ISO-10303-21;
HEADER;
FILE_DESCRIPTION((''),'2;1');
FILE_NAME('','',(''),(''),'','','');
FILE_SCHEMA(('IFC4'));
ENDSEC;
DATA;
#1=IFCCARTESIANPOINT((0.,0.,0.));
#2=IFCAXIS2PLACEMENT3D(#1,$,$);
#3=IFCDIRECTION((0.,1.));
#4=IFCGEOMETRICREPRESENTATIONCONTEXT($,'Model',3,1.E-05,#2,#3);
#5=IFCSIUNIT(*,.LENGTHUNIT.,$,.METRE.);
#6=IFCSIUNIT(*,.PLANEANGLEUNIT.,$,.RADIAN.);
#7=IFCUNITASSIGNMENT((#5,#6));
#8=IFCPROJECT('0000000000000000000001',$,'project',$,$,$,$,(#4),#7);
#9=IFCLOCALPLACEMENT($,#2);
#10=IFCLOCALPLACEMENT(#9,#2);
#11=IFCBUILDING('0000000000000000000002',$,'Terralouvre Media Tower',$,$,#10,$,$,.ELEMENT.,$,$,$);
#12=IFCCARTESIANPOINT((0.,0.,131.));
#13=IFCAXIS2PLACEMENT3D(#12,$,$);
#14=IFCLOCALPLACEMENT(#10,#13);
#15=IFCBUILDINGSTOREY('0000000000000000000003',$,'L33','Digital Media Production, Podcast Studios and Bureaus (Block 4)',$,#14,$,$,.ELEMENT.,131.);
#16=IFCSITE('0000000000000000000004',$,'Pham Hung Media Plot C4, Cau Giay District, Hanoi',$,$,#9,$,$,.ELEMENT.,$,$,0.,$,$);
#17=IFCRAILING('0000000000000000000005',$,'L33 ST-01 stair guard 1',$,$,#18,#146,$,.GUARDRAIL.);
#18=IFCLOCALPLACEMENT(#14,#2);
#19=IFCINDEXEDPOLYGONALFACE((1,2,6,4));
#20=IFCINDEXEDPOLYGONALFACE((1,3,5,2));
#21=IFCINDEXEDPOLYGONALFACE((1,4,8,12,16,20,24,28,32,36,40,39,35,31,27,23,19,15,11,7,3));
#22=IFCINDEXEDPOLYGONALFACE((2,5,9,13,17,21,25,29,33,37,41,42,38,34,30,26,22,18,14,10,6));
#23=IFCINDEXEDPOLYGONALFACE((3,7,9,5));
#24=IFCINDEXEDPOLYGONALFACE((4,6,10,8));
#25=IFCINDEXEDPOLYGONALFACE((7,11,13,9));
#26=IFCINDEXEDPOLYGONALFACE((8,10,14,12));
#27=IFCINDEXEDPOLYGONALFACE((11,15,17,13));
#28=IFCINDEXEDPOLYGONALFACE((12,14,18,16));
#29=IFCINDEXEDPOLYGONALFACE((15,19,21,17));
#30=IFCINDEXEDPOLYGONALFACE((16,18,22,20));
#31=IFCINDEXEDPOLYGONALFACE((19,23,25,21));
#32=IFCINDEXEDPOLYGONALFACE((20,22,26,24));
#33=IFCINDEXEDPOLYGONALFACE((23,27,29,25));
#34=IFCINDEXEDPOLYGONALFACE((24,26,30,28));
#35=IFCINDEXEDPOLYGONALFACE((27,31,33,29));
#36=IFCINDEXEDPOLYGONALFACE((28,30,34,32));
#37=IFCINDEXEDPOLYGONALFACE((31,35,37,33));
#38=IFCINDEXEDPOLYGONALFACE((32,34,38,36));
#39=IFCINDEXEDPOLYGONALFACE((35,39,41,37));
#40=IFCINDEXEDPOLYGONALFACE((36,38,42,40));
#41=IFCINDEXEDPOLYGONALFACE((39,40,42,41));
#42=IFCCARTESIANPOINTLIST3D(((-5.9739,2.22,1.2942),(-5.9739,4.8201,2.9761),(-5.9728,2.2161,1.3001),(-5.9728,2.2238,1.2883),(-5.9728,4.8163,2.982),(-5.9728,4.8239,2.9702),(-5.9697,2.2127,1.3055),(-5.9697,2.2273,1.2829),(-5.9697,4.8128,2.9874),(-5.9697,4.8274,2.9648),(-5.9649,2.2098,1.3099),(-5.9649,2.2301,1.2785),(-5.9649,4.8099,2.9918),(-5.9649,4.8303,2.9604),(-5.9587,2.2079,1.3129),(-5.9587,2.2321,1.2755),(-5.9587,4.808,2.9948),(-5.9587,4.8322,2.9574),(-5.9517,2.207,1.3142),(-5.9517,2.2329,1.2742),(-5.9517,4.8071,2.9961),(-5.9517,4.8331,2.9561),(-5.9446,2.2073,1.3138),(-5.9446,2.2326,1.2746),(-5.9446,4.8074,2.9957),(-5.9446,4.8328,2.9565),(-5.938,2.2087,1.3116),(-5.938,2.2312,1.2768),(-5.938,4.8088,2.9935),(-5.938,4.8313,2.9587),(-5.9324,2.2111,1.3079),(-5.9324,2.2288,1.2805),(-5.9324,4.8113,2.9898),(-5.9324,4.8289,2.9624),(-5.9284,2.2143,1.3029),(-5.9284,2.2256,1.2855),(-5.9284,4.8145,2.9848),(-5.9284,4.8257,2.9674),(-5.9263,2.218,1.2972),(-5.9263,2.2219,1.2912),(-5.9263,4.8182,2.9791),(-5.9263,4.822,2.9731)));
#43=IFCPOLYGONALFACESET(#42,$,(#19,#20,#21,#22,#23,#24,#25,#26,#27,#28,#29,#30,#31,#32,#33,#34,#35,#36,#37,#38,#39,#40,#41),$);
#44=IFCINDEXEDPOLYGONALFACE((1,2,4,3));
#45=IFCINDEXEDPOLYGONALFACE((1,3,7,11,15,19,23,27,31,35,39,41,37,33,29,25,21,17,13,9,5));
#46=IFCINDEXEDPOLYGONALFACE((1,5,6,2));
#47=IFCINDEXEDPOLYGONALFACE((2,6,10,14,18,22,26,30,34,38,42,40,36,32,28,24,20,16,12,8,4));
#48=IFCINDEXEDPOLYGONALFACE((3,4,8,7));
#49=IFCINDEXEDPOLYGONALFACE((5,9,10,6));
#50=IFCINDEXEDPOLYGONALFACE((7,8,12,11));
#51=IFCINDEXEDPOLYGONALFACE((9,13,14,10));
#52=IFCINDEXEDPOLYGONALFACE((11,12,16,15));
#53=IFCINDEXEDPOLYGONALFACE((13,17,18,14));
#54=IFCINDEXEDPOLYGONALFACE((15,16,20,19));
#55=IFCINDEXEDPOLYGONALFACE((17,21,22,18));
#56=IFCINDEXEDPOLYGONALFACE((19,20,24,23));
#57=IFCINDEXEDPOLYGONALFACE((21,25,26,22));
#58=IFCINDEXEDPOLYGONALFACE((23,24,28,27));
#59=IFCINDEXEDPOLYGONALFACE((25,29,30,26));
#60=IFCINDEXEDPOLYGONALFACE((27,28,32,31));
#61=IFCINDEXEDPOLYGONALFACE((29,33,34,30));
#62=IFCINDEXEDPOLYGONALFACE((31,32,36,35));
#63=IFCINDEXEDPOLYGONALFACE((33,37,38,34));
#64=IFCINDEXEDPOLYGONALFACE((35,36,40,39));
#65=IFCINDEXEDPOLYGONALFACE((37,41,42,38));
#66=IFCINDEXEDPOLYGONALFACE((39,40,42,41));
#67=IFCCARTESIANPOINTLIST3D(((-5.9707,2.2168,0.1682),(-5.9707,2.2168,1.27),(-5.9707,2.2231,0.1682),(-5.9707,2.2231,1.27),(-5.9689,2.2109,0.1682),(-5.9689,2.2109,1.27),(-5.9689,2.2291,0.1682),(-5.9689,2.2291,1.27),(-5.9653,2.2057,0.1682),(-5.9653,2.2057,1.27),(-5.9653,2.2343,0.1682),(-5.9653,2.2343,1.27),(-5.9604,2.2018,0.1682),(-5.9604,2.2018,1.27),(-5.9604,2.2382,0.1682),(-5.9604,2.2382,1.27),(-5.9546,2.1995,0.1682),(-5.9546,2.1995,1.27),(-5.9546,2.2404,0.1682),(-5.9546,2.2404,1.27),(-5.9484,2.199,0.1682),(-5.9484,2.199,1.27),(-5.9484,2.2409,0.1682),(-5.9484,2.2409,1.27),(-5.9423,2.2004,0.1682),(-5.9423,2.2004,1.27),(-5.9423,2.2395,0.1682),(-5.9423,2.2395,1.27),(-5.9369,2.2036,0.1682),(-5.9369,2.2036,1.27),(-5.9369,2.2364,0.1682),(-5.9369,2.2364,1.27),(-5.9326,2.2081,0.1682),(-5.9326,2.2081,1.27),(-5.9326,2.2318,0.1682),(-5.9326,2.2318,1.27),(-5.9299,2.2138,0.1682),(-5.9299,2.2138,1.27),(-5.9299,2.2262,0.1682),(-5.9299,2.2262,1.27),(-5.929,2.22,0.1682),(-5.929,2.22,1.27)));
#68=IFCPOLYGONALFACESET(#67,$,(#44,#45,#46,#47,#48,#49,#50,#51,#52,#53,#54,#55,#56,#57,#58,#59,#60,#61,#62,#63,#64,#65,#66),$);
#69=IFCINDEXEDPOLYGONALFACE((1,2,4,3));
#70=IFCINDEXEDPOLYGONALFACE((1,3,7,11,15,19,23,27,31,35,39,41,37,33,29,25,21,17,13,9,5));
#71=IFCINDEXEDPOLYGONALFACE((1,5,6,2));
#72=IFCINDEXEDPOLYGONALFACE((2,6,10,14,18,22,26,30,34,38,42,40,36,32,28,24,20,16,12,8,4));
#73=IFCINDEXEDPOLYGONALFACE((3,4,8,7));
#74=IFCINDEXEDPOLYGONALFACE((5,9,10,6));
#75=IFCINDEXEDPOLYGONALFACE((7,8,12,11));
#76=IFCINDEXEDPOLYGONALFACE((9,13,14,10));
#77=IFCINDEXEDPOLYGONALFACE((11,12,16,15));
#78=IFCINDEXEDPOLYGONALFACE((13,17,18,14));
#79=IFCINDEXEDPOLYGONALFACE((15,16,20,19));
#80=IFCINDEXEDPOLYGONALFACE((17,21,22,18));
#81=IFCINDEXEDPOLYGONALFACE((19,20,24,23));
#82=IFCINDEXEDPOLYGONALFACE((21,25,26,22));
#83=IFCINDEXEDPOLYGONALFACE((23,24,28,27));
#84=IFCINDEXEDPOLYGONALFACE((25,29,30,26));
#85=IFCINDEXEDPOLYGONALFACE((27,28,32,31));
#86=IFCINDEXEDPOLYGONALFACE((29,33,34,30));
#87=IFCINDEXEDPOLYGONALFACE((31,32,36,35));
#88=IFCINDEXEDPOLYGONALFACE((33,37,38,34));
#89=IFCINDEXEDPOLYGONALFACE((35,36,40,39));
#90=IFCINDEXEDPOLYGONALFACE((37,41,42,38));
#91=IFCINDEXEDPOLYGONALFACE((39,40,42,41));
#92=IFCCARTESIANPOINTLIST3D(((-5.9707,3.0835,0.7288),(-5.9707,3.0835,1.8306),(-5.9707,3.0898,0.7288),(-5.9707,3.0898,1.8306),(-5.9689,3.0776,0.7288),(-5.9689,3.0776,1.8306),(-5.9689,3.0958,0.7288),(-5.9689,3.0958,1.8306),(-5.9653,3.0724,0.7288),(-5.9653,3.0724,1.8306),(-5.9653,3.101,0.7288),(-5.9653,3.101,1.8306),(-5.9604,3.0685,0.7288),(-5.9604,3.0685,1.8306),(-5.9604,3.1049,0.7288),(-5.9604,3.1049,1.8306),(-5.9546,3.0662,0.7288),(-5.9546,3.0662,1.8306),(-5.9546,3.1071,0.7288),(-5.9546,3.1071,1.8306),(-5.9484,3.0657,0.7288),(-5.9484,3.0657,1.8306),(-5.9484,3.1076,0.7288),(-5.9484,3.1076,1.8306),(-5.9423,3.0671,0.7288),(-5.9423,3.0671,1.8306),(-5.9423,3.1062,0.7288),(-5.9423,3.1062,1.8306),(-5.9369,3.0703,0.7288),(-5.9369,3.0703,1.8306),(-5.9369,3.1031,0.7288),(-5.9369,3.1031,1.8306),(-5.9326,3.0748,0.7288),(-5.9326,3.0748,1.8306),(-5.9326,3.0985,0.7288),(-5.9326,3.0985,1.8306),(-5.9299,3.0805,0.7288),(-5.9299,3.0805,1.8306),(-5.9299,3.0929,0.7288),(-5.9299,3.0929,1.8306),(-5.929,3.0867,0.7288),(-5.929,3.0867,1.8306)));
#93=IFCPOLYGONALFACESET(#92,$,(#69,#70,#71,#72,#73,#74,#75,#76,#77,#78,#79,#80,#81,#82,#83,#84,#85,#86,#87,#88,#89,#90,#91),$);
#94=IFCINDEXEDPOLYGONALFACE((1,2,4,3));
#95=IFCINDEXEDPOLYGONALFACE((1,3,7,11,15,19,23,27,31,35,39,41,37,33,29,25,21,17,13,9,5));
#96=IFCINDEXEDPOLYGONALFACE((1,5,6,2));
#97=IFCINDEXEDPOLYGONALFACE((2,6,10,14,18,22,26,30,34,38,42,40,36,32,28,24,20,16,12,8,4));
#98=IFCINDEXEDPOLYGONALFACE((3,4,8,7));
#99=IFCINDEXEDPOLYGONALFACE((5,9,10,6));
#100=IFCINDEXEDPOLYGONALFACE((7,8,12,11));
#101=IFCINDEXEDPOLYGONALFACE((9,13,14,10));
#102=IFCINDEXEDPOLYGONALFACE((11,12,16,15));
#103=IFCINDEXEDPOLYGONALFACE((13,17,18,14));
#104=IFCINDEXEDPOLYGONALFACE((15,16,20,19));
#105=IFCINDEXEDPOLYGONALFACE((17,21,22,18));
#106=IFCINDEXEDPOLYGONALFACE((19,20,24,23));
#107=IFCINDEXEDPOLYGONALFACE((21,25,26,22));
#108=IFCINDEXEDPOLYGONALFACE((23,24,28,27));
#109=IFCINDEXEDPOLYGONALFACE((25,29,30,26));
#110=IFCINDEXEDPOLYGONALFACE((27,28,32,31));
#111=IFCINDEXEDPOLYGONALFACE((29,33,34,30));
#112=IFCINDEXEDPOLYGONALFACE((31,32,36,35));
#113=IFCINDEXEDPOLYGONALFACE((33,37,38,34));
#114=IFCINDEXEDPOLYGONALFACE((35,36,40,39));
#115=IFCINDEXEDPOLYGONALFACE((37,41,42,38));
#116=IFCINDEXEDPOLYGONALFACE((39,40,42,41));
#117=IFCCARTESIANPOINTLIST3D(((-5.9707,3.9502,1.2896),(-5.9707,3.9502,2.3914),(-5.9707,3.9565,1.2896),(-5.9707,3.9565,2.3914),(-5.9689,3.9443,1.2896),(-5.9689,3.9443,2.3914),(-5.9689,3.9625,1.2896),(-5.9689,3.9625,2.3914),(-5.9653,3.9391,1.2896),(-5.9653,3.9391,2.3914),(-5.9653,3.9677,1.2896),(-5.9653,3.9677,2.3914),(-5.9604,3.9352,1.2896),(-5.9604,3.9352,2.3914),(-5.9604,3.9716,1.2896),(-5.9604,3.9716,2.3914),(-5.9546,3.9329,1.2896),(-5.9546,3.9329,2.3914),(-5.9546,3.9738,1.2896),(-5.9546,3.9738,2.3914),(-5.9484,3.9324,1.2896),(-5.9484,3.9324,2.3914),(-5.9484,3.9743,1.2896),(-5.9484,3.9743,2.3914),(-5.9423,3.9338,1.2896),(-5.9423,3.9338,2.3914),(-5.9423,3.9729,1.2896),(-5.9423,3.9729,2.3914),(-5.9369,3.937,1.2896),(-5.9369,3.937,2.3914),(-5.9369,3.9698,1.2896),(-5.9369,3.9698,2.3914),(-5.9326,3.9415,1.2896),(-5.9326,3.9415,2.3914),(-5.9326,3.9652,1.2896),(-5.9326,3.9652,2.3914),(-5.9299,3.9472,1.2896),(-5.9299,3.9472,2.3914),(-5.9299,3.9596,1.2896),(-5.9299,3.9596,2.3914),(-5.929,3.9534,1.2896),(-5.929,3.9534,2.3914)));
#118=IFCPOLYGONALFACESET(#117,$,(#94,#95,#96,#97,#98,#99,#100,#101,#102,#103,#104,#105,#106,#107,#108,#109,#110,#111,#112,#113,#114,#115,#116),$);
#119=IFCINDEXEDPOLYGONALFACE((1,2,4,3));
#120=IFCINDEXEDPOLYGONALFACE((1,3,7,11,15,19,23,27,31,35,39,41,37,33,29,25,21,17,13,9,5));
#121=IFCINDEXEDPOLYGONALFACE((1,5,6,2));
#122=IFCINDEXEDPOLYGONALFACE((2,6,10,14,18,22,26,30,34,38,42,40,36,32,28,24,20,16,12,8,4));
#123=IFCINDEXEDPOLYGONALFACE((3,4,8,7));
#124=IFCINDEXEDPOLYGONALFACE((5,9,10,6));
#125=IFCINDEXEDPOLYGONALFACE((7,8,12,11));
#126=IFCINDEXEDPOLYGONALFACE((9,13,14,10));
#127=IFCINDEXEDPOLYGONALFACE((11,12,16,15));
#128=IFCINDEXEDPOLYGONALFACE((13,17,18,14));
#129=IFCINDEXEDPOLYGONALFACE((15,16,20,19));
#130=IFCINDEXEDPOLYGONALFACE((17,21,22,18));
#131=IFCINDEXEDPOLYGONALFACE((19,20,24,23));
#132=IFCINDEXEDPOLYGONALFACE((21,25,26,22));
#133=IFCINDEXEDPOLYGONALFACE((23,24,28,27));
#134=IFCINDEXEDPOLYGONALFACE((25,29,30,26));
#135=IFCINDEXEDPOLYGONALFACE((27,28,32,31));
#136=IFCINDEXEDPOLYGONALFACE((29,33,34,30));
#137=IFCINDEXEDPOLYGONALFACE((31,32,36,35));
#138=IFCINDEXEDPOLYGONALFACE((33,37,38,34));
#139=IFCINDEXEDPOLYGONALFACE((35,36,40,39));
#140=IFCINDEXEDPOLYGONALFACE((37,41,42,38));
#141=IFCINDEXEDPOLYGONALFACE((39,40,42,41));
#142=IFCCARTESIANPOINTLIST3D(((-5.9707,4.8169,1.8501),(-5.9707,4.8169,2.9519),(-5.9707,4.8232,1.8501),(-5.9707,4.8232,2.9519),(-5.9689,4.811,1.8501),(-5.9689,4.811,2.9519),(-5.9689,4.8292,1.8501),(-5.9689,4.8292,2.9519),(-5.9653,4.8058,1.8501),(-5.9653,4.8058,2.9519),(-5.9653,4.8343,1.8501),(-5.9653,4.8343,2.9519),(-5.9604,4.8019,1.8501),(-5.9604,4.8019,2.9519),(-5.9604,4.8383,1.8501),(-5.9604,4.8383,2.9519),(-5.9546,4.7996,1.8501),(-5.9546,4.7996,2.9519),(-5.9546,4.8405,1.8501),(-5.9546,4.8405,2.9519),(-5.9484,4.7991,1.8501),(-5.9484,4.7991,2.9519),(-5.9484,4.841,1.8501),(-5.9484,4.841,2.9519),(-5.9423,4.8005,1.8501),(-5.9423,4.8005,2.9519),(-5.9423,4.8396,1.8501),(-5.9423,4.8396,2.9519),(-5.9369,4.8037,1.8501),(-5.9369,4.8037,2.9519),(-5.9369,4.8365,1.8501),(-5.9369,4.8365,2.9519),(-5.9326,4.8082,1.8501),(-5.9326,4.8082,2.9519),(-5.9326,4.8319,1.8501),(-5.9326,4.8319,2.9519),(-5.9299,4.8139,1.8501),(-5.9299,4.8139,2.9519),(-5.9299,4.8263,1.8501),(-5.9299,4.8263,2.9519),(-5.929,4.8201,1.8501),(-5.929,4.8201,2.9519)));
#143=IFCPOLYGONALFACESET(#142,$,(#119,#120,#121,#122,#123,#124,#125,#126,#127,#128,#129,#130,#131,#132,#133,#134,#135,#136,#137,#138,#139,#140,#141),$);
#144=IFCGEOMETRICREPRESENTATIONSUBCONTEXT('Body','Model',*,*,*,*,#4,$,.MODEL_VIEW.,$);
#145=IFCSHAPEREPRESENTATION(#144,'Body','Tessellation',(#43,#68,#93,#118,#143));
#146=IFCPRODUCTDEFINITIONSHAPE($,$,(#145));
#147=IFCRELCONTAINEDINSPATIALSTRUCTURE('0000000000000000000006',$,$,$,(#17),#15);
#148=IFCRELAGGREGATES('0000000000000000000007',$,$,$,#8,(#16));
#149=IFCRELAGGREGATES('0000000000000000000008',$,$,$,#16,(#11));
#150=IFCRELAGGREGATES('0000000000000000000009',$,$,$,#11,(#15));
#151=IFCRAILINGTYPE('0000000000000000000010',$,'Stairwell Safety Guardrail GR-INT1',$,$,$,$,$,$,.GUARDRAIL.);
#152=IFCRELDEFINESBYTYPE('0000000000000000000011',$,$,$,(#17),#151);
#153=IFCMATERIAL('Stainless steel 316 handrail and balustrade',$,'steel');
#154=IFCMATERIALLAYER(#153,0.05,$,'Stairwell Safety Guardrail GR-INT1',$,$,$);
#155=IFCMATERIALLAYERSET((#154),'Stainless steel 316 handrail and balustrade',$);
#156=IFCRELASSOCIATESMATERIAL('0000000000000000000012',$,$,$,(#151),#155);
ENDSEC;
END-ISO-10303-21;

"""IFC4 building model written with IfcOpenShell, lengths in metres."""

from ifc_helpers import new_model, si_unit, direction, frame, origin, origin_2d, place, context, subcontext, project, spatial, circle, extrude, material, layer, layer_set, type_object, element, save


model = new_model("IFC4")

# Units and contexts
model_context = context("Model", 3, precision=1e-05, world=origin(), true_north=direction((0.0, 1.0)))
body_context = subcontext(model_context, "Body", "Model", "MODEL_VIEW")
ifc_project = project(units=[si_unit("LENGTHUNIT", "METRE"), si_unit("PLANEANGLEUNIT", "RADIAN")], contexts=[model_context])

# Site, building, storey
site_placement = place(None, origin())
site = spatial("IfcSite", under=ifc_project, at=site_placement, Name="Pham Hung Media Plot C4, Cau Giay District, Hanoi", CompositionType="ELEMENT", RefElevation=0.0)
building_placement = place(site_placement, origin())
building = spatial("IfcBuilding", under=site, at=building_placement, Name="Terralouvre Media Tower", CompositionType="ELEMENT")
storey_placement = place(building_placement, frame((0.0, 0.0, 131.0)))
storey = spatial("IfcBuildingStorey", under=building, at=storey_placement, Name="L33", Description="Digital Media Production, Podcast Studios and Bureaus (Block 4)", CompositionType="ELEMENT", Elevation=131.0)

# Railing
ifc_material_1 = material(Name="Stainless steel 316 handrail and balustrade", Category="steel")
ifc_layer_1 = layer(ifc_material_1, 0.05, Name="Stairwell Safety Guardrail GR-INT1")
ifc_layer_set_1 = layer_set([ifc_layer_1], Name="Stainless steel 316 handrail and balustrade")
railing_type_1 = type_object("IfcRailingType", Name="Stairwell Safety Guardrail GR-INT1", PredefinedType="GUARDRAIL", material=ifc_layer_set_1)
railing_1_placement = place(storey_placement, frame((-5.95, 2.22, 0.1682)))
element("IfcRailing", 1, at=railing_1_placement, inside=storey, type_object=railing_type_1, Name="L33 ST-01 stair guard 1", PredefinedType="GUARDRAIL", context=body_context, shape_type="SweptSolid", body=[
    extrude(circle(Radius=0.0239, at=origin_2d()), frame((0.0, 0.0, 1.126), z_axis=(0.0, 0.839648, 0.54313), x_axis=(-1.0, 0.0, 0.0)), (0.0, 0.0, 1.0), 3.0967),
    extrude(circle(Radius=0.021, at=origin_2d()), origin(), (0.0, 0.0, 1.0), 1.1018),
    extrude(circle(Radius=0.021, at=origin_2d()), frame((0.0, 0.8667, 0.5605)), (0.0, 0.0, 1.0), 1.1018),
    extrude(circle(Radius=0.021, at=origin_2d()), frame((0.0, 1.7334, 1.1213)), (0.0, 0.0, 1.0), 1.1018),
    extrude(circle(Radius=0.021, at=origin_2d()), frame((0.0, 2.6001, 1.6819)), (0.0, 0.0, 1.0), 1.1018),
])

save(model, "model.ifc")
